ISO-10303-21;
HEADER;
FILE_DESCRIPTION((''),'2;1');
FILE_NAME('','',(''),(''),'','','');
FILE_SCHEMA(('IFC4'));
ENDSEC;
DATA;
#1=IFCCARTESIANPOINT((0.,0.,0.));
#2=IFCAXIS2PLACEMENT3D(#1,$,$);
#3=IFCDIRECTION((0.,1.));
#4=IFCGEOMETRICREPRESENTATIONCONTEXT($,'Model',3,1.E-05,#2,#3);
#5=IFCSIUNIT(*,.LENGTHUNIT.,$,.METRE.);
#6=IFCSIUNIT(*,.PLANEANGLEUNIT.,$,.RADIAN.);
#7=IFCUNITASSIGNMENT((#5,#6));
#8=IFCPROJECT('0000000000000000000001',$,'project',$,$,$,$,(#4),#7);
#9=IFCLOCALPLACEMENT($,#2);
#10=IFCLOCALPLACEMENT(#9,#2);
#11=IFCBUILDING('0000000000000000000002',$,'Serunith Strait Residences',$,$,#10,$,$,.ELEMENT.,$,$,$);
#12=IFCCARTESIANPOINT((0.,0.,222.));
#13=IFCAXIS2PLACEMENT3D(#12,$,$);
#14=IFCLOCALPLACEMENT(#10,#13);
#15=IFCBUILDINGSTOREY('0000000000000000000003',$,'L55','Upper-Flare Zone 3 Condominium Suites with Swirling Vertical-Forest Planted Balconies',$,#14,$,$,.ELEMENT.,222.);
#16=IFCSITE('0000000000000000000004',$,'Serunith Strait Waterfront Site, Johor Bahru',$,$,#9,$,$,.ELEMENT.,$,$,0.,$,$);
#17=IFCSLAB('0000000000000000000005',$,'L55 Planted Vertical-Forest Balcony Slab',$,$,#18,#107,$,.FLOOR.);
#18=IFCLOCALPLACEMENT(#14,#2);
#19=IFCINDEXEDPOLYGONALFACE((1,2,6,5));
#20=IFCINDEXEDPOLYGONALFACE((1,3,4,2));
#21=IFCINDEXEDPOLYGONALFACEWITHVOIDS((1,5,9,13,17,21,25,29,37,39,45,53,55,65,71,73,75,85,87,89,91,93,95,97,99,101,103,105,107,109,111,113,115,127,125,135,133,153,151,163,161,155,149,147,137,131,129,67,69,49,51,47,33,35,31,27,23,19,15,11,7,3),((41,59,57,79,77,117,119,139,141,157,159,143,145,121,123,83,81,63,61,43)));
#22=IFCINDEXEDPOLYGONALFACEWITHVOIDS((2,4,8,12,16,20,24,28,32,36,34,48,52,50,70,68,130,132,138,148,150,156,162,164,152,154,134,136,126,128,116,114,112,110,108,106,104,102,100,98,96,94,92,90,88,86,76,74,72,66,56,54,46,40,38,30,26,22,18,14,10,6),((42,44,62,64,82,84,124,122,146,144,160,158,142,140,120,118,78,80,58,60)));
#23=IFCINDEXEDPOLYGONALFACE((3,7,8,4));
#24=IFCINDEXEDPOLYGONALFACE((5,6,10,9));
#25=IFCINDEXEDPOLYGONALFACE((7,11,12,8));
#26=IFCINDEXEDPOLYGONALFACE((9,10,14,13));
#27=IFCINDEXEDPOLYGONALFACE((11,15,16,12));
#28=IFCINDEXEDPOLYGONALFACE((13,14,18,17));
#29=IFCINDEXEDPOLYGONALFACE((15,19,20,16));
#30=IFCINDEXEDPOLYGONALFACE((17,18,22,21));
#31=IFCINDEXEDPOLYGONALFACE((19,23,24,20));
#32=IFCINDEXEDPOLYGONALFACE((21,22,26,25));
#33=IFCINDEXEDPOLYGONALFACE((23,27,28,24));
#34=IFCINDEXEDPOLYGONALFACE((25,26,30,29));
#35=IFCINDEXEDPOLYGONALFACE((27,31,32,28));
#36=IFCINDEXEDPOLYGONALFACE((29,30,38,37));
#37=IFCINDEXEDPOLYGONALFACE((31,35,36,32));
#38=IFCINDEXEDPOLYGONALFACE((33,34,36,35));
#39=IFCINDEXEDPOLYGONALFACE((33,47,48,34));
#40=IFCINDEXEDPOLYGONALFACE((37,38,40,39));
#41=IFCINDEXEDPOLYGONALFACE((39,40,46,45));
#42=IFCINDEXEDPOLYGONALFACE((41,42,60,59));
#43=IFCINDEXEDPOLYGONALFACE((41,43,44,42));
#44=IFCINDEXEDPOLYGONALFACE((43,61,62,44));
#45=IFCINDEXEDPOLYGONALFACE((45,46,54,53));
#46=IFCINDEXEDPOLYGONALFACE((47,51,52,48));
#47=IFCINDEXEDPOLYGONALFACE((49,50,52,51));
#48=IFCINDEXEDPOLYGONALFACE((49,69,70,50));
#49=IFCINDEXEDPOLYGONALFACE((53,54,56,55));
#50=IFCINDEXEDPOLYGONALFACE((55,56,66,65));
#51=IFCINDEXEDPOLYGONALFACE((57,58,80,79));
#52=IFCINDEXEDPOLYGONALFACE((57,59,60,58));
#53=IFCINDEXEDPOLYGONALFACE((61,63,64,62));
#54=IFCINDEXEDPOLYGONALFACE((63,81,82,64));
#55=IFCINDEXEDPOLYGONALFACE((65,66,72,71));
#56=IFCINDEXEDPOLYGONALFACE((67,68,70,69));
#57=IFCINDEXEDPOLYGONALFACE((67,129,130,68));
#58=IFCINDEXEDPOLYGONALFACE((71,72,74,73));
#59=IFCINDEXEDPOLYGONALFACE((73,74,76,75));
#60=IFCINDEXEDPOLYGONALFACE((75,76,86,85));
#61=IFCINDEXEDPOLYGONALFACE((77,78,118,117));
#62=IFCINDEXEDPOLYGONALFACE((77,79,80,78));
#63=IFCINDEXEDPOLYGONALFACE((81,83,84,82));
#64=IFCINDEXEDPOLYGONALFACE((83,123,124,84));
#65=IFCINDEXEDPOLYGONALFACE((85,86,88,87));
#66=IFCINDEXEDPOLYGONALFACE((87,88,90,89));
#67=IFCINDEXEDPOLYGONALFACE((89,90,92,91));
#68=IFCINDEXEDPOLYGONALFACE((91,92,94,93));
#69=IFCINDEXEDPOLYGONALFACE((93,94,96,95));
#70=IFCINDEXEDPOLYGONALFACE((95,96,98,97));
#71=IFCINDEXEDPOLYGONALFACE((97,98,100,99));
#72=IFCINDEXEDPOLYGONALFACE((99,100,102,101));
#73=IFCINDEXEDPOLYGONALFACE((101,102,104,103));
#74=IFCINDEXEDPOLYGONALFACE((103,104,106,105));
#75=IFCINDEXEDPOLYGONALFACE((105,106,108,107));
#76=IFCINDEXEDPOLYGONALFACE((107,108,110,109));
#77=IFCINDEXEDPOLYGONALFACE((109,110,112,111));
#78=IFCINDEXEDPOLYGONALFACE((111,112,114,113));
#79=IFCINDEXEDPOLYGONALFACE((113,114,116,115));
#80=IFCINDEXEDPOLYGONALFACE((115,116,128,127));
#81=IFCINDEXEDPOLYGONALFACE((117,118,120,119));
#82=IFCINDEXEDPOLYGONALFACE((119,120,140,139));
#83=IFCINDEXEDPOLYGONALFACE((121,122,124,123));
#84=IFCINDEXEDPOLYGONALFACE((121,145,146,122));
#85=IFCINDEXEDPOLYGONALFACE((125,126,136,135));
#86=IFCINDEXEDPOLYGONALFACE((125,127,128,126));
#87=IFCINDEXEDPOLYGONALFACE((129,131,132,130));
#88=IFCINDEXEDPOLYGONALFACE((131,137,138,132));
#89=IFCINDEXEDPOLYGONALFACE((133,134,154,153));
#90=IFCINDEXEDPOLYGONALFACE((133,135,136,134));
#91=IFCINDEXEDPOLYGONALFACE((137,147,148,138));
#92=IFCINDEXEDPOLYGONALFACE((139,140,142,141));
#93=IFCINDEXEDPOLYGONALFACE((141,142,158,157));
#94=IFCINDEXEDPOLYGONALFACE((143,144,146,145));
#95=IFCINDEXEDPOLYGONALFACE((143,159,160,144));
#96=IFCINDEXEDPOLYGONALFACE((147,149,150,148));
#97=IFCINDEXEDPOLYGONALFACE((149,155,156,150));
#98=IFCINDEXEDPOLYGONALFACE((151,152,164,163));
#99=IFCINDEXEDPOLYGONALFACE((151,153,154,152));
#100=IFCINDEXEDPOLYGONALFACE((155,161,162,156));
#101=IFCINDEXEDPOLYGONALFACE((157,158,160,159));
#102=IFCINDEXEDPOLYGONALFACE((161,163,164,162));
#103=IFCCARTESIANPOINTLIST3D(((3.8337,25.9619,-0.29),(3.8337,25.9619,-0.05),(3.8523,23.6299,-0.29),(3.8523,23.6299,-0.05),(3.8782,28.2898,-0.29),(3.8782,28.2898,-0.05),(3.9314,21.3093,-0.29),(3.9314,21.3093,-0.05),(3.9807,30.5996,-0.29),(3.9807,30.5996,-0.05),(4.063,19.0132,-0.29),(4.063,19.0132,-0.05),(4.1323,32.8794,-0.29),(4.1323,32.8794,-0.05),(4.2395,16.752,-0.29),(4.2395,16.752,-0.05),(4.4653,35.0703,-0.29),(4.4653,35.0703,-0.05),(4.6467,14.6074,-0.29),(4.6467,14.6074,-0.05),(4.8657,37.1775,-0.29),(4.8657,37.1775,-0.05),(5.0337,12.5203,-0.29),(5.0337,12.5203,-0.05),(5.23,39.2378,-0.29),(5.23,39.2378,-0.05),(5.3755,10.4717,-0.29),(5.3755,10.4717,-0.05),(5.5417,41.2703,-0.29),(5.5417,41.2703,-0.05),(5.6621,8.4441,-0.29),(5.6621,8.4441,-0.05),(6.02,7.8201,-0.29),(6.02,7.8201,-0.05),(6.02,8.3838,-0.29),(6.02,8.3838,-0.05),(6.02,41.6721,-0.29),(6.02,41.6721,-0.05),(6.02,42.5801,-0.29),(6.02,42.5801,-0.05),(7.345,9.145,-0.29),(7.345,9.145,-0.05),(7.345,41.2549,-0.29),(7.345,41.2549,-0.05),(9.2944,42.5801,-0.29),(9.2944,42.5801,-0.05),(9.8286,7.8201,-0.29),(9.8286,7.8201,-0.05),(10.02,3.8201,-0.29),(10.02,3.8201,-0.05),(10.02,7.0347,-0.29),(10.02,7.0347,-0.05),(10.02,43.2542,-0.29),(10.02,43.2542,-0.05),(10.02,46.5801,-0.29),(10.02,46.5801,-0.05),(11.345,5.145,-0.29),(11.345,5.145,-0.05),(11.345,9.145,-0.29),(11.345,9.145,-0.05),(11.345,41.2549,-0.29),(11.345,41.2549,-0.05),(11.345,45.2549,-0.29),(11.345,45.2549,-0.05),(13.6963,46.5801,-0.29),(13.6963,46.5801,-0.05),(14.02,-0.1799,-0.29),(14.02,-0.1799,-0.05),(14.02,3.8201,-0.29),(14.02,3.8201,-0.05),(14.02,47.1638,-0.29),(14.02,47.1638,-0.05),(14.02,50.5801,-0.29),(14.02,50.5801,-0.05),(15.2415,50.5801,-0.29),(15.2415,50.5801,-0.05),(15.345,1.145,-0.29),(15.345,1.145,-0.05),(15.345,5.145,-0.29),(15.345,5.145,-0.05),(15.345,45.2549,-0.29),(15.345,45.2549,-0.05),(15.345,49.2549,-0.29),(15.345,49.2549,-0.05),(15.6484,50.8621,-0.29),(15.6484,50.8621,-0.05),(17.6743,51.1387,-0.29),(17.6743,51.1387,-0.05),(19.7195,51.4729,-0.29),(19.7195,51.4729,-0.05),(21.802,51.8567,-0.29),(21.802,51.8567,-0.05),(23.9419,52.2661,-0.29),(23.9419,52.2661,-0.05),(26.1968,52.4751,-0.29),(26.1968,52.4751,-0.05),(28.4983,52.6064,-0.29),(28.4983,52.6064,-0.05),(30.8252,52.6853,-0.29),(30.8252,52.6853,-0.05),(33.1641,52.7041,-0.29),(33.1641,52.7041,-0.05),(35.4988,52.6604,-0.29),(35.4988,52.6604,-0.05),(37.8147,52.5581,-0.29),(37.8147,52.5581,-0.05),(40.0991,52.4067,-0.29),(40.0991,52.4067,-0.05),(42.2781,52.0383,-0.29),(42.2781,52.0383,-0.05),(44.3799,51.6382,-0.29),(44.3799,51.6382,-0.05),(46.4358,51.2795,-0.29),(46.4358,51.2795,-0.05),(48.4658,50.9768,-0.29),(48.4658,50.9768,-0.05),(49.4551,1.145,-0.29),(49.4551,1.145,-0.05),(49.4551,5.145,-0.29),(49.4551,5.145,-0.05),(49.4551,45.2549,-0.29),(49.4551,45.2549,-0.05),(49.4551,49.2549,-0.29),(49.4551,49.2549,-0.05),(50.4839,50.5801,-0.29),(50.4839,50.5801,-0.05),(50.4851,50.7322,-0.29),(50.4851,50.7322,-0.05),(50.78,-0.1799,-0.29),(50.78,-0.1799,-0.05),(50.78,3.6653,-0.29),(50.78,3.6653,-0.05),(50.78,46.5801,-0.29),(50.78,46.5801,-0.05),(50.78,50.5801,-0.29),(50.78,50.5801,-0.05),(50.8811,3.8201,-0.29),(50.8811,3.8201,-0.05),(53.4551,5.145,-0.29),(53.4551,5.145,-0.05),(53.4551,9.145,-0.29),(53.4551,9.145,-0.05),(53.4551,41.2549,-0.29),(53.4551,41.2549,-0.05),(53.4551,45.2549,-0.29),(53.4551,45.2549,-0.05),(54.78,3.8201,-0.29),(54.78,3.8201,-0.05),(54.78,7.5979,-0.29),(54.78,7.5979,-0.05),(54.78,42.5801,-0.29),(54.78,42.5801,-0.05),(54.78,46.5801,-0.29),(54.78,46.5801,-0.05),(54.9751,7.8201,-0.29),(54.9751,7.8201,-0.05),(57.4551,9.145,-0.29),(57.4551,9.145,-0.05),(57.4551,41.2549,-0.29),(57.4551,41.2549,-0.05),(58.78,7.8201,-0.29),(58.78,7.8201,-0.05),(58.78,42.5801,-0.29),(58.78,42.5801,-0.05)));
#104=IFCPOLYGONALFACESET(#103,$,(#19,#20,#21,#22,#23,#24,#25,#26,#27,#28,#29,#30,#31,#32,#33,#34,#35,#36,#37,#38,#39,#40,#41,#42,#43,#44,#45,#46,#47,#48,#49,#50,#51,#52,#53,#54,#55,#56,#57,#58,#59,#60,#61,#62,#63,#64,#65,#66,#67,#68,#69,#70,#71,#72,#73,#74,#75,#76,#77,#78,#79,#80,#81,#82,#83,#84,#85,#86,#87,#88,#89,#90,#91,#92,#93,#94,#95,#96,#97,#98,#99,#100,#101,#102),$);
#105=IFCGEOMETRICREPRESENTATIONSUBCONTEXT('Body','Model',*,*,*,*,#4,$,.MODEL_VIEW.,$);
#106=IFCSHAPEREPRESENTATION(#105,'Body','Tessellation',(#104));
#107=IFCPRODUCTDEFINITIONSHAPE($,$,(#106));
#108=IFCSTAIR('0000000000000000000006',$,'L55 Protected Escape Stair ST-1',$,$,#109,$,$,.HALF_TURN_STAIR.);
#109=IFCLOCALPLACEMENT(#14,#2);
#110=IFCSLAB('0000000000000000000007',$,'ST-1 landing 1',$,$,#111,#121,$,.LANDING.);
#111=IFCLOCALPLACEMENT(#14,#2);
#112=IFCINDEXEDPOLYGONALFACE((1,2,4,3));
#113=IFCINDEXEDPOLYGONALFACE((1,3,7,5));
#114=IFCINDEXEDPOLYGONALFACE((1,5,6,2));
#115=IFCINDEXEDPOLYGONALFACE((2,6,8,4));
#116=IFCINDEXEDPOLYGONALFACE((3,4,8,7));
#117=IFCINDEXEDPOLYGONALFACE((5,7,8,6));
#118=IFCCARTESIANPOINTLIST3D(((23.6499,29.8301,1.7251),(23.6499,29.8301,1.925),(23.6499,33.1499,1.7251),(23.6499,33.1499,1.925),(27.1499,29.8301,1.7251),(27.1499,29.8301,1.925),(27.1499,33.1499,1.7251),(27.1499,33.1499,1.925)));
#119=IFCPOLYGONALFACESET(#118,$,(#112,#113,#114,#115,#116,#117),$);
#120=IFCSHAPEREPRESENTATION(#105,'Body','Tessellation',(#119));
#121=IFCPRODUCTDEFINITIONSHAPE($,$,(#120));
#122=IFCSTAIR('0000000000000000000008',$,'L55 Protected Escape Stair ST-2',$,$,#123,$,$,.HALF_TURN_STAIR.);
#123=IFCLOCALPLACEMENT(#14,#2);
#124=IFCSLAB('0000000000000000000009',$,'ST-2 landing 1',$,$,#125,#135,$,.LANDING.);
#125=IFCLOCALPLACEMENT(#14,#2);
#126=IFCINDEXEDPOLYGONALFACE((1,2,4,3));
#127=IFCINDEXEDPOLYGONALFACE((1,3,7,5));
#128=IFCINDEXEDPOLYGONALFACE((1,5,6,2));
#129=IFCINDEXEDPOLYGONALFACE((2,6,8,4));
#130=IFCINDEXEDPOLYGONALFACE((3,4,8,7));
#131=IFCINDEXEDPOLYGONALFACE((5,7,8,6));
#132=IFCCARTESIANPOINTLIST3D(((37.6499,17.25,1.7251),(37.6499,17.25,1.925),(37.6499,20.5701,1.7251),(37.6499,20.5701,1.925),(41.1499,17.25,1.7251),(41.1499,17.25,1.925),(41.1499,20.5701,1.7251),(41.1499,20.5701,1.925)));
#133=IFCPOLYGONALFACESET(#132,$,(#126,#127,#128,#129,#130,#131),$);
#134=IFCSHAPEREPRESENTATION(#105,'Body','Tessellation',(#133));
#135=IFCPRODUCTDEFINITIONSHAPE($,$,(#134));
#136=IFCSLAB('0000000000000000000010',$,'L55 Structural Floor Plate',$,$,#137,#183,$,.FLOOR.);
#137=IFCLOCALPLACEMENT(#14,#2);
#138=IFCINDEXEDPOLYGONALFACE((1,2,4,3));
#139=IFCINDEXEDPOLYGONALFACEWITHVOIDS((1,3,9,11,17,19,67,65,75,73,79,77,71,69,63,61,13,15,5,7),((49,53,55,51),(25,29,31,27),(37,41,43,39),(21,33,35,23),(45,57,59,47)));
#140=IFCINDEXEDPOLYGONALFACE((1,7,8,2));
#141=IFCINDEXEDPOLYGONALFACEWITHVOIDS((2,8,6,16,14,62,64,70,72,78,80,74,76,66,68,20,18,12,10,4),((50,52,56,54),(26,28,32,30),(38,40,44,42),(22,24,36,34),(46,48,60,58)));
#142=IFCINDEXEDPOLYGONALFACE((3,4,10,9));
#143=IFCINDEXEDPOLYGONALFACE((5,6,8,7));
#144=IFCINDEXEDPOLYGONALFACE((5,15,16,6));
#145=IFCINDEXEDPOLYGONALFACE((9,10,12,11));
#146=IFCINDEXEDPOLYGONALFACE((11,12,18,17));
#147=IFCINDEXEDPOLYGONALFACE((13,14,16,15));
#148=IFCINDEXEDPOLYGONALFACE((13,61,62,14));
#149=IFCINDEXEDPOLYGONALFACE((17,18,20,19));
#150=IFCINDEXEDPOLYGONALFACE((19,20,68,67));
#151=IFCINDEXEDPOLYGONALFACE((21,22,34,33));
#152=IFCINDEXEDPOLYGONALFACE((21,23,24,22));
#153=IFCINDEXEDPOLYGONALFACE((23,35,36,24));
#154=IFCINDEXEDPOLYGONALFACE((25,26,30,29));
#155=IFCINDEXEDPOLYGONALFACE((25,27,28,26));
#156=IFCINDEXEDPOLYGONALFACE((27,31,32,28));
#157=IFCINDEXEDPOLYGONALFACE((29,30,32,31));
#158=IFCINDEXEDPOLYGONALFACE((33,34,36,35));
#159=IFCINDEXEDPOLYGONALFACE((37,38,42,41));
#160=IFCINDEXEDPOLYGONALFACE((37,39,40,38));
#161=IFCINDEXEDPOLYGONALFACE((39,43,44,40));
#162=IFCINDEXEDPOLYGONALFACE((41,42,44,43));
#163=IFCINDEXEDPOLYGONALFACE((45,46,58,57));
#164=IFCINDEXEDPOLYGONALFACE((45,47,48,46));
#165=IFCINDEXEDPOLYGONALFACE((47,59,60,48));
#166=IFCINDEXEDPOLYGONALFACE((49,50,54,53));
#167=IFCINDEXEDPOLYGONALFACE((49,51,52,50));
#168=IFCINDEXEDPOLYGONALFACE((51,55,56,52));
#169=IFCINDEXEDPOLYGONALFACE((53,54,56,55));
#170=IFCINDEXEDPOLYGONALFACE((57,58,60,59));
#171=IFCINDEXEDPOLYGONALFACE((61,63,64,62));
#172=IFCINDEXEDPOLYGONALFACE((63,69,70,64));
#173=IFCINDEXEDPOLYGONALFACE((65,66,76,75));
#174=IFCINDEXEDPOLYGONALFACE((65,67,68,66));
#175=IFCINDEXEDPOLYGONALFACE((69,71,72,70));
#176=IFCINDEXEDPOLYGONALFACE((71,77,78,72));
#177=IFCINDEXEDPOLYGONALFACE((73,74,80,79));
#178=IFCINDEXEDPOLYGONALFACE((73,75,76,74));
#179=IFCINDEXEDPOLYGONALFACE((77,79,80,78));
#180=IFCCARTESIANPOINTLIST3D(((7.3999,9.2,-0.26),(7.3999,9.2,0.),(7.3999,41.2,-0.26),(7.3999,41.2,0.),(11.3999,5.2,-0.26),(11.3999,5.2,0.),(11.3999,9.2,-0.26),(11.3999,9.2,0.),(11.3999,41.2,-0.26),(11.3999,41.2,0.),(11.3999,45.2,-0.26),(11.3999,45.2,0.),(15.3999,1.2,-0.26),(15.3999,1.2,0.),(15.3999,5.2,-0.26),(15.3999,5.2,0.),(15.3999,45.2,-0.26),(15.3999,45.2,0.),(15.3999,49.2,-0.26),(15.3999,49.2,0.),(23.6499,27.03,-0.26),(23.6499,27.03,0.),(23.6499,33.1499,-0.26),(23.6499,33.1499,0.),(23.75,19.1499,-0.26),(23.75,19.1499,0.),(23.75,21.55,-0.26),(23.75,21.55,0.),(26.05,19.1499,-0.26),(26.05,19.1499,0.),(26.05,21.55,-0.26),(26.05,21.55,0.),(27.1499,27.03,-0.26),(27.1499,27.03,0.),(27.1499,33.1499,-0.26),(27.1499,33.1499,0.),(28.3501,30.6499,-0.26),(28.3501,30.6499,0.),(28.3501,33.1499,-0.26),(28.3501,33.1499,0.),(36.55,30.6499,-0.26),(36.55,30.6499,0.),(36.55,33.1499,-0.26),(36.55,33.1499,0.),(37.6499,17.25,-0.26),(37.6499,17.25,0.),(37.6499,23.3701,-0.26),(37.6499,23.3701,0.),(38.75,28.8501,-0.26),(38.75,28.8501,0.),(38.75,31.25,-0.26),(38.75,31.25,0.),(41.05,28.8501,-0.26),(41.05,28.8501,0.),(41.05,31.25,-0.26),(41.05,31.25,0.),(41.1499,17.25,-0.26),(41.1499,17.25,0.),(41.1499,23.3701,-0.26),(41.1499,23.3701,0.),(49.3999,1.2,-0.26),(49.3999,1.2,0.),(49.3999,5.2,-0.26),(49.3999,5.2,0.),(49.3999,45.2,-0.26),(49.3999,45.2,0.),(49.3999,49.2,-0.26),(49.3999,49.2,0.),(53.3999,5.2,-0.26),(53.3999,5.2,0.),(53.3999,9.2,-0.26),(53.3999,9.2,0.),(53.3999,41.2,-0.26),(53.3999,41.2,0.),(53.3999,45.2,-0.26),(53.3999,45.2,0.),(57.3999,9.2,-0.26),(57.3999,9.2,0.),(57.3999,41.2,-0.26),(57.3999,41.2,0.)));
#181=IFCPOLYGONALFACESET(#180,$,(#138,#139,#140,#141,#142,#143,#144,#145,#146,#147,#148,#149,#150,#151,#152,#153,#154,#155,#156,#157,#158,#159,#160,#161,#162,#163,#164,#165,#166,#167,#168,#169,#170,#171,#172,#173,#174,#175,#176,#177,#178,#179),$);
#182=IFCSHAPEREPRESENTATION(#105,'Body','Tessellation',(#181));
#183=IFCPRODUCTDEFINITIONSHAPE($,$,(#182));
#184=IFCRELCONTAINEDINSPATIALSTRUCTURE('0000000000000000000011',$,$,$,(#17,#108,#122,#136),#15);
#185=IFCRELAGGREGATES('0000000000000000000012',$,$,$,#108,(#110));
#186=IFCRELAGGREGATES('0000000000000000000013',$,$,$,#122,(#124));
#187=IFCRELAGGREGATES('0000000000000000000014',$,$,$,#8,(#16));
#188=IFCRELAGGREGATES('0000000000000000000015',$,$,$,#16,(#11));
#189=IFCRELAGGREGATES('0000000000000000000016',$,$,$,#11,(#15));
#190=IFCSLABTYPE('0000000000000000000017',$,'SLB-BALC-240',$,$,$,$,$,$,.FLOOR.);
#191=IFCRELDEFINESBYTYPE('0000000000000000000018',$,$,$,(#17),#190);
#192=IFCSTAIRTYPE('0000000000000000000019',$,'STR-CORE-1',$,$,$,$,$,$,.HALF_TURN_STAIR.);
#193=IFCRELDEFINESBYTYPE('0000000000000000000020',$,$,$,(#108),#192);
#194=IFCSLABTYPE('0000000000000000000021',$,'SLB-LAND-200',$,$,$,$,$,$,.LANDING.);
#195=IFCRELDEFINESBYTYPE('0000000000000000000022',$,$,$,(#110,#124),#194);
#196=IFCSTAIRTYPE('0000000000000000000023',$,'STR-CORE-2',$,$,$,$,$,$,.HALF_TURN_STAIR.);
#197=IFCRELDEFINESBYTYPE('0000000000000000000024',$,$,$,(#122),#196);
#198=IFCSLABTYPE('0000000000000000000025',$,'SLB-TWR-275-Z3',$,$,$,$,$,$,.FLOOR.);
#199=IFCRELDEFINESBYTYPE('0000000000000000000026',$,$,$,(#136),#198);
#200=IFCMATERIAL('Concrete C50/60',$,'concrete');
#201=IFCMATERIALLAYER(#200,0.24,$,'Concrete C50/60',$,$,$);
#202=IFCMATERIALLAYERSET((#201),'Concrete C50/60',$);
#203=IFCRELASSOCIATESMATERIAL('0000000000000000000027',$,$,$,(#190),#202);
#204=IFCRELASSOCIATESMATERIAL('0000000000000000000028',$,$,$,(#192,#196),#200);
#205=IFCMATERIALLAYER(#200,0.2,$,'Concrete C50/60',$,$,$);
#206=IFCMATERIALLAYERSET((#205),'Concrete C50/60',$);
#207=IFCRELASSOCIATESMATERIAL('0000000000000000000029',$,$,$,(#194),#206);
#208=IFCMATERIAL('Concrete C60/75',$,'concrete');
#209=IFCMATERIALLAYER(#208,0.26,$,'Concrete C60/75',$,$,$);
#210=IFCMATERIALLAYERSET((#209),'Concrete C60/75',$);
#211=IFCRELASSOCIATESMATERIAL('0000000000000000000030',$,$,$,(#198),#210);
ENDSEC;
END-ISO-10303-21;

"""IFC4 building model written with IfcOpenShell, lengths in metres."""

from ifc_helpers import new_model, si_unit, direction, frame, origin, place, context, subcontext, project, spatial, polyline, outline, extrude, material, layer, layer_set, type_object, element, aggregate, save


model = new_model("IFC4")

# Units and contexts
model_context = context("Model", 3, precision=1e-05, world=origin(), true_north=direction((0.0, 1.0)))
body_context = subcontext(model_context, "Body", "Model", "MODEL_VIEW")
ifc_project = project(units=[si_unit("LENGTHUNIT", "METRE"), si_unit("PLANEANGLEUNIT", "RADIAN")], contexts=[model_context])

# Site, building, storey
site_placement = place(None, origin())
site = spatial("IfcSite", under=ifc_project, at=site_placement, Name="Serunith Strait Waterfront Site, Johor Bahru", CompositionType="ELEMENT", RefElevation=0.0)
building_placement = place(site_placement, origin())
building = spatial("IfcBuilding", under=site, at=building_placement, Name="Serunith Strait Residences", CompositionType="ELEMENT")
storey_placement = place(building_placement, frame((0.0, 0.0, 222.0)))
storey = spatial("IfcBuildingStorey", under=building, at=storey_placement, Name="L55", Description="Upper-Flare Zone 3 Condominium Suites with Swirling Vertical-Forest Planted Balconies", CompositionType="ELEMENT", Elevation=222.0)

# Slab
ifc_material_1 = material(Name="Concrete C50/60", Category="concrete")
ifc_layer_1 = layer(ifc_material_1, 0.24, Name="Concrete C50/60")
ifc_layer_set_1 = layer_set([ifc_layer_1], Name="Concrete C50/60")
slab_type_1 = type_object("IfcSlabType", Name="SLB-BALC-240", PredefinedType="FLOOR", material=ifc_layer_set_1)
slab_1_placement = place(storey_placement, frame((0.0, 0.0, -0.29)))
element("IfcSlab", 1, at=slab_1_placement, inside=storey, type_object=slab_type_1, Name="L55 Planted Vertical-Forest Balcony Slab", PredefinedType="FLOOR", context=body_context, shape_type="SweptSolid", body=[
    extrude(outline(polyline([(6.02, 7.8201), (6.02, 8.3838), (5.6621, 8.4441), (5.3755, 10.4717), (5.0337, 12.5203), (4.6467, 14.6074), (4.2395, 16.752), (4.063, 19.0132), (3.9314, 21.3093), (3.8523, 23.6299), (3.8337, 25.9619), (3.8782, 28.2898), (3.9807, 30.5996), (4.1323, 32.8794), (4.4653, 35.0703), (4.8657, 37.1775), (5.23, 39.2378), (5.5417, 41.2703), (6.02, 41.6721), (6.02, 42.5801), (9.2944, 42.5801), (10.02, 43.2542), (10.02, 46.5801), (13.6963, 46.5801), (14.02, 47.1638), (14.02, 50.5801), (15.2415, 50.5801), (15.6484, 50.8621), (17.6743, 51.1387), (19.7195, 51.4729), (21.802, 51.8567), (23.9419, 52.2661), (26.1968, 52.4751), (28.4983, 52.6064), (30.8252, 52.6853), (33.1641, 52.7041), (35.4988, 52.6604), (37.8147, 52.5581), (40.0991, 52.4067), (42.2781, 52.0383), (44.3799, 51.6382), (46.4358, 51.2795), (48.4658, 50.9768), (50.4851, 50.7322), (50.4839, 50.5801), (50.78, 50.5801), (50.78, 46.5801), (54.78, 46.5801), (54.78, 42.5801), (58.78, 42.5801), (58.78, 7.8201), (54.9751, 7.8201), (54.78, 7.5979), (54.78, 3.8201), (50.8811, 3.8201), (50.78, 3.6653), (50.78, -0.1799), (14.02, -0.1799), (14.02, 3.8201), (10.02, 3.8201), (10.02, 7.0347), (9.8286, 7.8201), (6.02, 7.8201)]), holes=[polyline([(49.4551, 1.145), (49.4551, 5.145), (53.4551, 5.145), (53.4551, 9.145), (57.4551, 9.145), (57.4551, 41.2549), (53.4551, 41.2549), (53.4551, 45.2549), (49.4551, 45.2549), (49.4551, 49.2549), (15.345, 49.2549), (15.345, 45.2549), (11.345, 45.2549), (11.345, 41.2549), (7.345, 41.2549), (7.345, 9.145), (11.345, 9.145), (11.345, 5.145), (15.345, 5.145), (15.345, 1.145), (49.4551, 1.145)])]), origin(), (0.0, 0.0, 1.0), 0.24),
])

# Stairs, slabs
stair_type_1 = type_object("IfcStairType", Name="STR-CORE-1", PredefinedType="HALF_TURN_STAIR", material=ifc_material_1)
stair_1_placement = place(storey_placement, origin())
stair_1 = element("IfcStair", 2, at=stair_1_placement, inside=storey, type_object=stair_type_1, Name="L55 Protected Escape Stair ST-1", PredefinedType="HALF_TURN_STAIR")
ifc_layer_2 = layer(ifc_material_1, 0.2, Name="Concrete C50/60")
ifc_layer_set_2 = layer_set([ifc_layer_2], Name="Concrete C50/60")
slab_type_2 = type_object("IfcSlabType", Name="SLB-LAND-200", PredefinedType="LANDING", material=ifc_layer_set_2)
slab_2_placement = place(storey_placement, frame((0.0, 0.0, 1.7251)))
slab_2 = element("IfcSlab", 3, at=slab_2_placement, type_object=slab_type_2, Name="ST-1 landing 1", PredefinedType="LANDING", context=body_context, shape_type="SweptSolid", body=[
    extrude(outline(polyline([(27.1499, 29.8301), (27.1499, 33.1499), (23.6499, 33.1499), (23.6499, 29.8301), (27.1499, 29.8301)])), origin(), (0.0, 0.0, 1.0), 0.2),
])
aggregate(stair_1, [slab_2])
stair_type_2 = type_object("IfcStairType", Name="STR-CORE-2", PredefinedType="HALF_TURN_STAIR", material=ifc_material_1)
stair_2_placement = place(storey_placement, origin())
stair_2 = element("IfcStair", 4, at=stair_2_placement, inside=storey, type_object=stair_type_2, Name="L55 Protected Escape Stair ST-2", PredefinedType="HALF_TURN_STAIR")
slab_3_placement = place(storey_placement, frame((0.0, 0.0, 1.7251)))
slab_3 = element("IfcSlab", 5, at=slab_3_placement, type_object=slab_type_2, Name="ST-2 landing 1", PredefinedType="LANDING", context=body_context, shape_type="SweptSolid", body=[
    extrude(outline(polyline([(37.6499, 20.5701), (37.6499, 17.25), (41.1499, 17.25), (41.1499, 20.5701), (37.6499, 20.5701)])), origin(), (0.0, 0.0, 1.0), 0.2),
])
aggregate(stair_2, [slab_3])

# Slab
ifc_material_2 = material(Name="Concrete C60/75", Category="concrete")
ifc_layer_3 = layer(ifc_material_2, 0.26, Name="Concrete C60/75")
ifc_layer_set_3 = layer_set([ifc_layer_3], Name="Concrete C60/75")
slab_type_3 = type_object("IfcSlabType", Name="SLB-TWR-275-Z3", PredefinedType="FLOOR", material=ifc_layer_set_3)
slab_4_placement = place(storey_placement, frame((0.0, 0.0, -0.26)))
element("IfcSlab", 6, at=slab_4_placement, inside=storey, type_object=slab_type_3, Name="L55 Structural Floor Plate", PredefinedType="FLOOR", context=body_context, shape_type="SweptSolid", body=[
    extrude(outline(polyline([(15.3999, 5.2), (11.3999, 5.2), (11.3999, 9.2), (7.3999, 9.2), (7.3999, 41.2), (11.3999, 41.2), (11.3999, 45.2), (15.3999, 45.2), (15.3999, 49.2), (49.3999, 49.2), (49.3999, 45.2), (53.3999, 45.2), (53.3999, 41.2), (57.3999, 41.2), (57.3999, 9.2), (53.3999, 9.2), (53.3999, 5.2), (49.3999, 5.2), (49.3999, 1.2), (15.3999, 1.2), (15.3999, 5.2)]), holes=[polyline([(41.1499, 23.3701), (37.6499, 23.3701), (37.6499, 17.25), (41.1499, 17.25), (41.1499, 23.3701)]), polyline([(38.75, 31.25), (38.75, 28.8501), (41.05, 28.8501), (41.05, 31.25), (38.75, 31.25)]), polyline([(36.55, 33.1499), (28.3501, 33.1499), (28.3501, 30.6499), (36.55, 30.6499), (36.55, 33.1499)]), polyline([(23.6499, 33.1499), (23.6499, 27.03), (27.1499, 27.03), (27.1499, 33.1499), (23.6499, 33.1499)]), polyline([(23.75, 21.55), (23.75, 19.1499), (26.05, 19.1499), (26.05, 21.55), (23.75, 21.55)])]), origin(), (0.0, 0.0, 1.0), 0.26),
])

save(model, "model.ifc")
